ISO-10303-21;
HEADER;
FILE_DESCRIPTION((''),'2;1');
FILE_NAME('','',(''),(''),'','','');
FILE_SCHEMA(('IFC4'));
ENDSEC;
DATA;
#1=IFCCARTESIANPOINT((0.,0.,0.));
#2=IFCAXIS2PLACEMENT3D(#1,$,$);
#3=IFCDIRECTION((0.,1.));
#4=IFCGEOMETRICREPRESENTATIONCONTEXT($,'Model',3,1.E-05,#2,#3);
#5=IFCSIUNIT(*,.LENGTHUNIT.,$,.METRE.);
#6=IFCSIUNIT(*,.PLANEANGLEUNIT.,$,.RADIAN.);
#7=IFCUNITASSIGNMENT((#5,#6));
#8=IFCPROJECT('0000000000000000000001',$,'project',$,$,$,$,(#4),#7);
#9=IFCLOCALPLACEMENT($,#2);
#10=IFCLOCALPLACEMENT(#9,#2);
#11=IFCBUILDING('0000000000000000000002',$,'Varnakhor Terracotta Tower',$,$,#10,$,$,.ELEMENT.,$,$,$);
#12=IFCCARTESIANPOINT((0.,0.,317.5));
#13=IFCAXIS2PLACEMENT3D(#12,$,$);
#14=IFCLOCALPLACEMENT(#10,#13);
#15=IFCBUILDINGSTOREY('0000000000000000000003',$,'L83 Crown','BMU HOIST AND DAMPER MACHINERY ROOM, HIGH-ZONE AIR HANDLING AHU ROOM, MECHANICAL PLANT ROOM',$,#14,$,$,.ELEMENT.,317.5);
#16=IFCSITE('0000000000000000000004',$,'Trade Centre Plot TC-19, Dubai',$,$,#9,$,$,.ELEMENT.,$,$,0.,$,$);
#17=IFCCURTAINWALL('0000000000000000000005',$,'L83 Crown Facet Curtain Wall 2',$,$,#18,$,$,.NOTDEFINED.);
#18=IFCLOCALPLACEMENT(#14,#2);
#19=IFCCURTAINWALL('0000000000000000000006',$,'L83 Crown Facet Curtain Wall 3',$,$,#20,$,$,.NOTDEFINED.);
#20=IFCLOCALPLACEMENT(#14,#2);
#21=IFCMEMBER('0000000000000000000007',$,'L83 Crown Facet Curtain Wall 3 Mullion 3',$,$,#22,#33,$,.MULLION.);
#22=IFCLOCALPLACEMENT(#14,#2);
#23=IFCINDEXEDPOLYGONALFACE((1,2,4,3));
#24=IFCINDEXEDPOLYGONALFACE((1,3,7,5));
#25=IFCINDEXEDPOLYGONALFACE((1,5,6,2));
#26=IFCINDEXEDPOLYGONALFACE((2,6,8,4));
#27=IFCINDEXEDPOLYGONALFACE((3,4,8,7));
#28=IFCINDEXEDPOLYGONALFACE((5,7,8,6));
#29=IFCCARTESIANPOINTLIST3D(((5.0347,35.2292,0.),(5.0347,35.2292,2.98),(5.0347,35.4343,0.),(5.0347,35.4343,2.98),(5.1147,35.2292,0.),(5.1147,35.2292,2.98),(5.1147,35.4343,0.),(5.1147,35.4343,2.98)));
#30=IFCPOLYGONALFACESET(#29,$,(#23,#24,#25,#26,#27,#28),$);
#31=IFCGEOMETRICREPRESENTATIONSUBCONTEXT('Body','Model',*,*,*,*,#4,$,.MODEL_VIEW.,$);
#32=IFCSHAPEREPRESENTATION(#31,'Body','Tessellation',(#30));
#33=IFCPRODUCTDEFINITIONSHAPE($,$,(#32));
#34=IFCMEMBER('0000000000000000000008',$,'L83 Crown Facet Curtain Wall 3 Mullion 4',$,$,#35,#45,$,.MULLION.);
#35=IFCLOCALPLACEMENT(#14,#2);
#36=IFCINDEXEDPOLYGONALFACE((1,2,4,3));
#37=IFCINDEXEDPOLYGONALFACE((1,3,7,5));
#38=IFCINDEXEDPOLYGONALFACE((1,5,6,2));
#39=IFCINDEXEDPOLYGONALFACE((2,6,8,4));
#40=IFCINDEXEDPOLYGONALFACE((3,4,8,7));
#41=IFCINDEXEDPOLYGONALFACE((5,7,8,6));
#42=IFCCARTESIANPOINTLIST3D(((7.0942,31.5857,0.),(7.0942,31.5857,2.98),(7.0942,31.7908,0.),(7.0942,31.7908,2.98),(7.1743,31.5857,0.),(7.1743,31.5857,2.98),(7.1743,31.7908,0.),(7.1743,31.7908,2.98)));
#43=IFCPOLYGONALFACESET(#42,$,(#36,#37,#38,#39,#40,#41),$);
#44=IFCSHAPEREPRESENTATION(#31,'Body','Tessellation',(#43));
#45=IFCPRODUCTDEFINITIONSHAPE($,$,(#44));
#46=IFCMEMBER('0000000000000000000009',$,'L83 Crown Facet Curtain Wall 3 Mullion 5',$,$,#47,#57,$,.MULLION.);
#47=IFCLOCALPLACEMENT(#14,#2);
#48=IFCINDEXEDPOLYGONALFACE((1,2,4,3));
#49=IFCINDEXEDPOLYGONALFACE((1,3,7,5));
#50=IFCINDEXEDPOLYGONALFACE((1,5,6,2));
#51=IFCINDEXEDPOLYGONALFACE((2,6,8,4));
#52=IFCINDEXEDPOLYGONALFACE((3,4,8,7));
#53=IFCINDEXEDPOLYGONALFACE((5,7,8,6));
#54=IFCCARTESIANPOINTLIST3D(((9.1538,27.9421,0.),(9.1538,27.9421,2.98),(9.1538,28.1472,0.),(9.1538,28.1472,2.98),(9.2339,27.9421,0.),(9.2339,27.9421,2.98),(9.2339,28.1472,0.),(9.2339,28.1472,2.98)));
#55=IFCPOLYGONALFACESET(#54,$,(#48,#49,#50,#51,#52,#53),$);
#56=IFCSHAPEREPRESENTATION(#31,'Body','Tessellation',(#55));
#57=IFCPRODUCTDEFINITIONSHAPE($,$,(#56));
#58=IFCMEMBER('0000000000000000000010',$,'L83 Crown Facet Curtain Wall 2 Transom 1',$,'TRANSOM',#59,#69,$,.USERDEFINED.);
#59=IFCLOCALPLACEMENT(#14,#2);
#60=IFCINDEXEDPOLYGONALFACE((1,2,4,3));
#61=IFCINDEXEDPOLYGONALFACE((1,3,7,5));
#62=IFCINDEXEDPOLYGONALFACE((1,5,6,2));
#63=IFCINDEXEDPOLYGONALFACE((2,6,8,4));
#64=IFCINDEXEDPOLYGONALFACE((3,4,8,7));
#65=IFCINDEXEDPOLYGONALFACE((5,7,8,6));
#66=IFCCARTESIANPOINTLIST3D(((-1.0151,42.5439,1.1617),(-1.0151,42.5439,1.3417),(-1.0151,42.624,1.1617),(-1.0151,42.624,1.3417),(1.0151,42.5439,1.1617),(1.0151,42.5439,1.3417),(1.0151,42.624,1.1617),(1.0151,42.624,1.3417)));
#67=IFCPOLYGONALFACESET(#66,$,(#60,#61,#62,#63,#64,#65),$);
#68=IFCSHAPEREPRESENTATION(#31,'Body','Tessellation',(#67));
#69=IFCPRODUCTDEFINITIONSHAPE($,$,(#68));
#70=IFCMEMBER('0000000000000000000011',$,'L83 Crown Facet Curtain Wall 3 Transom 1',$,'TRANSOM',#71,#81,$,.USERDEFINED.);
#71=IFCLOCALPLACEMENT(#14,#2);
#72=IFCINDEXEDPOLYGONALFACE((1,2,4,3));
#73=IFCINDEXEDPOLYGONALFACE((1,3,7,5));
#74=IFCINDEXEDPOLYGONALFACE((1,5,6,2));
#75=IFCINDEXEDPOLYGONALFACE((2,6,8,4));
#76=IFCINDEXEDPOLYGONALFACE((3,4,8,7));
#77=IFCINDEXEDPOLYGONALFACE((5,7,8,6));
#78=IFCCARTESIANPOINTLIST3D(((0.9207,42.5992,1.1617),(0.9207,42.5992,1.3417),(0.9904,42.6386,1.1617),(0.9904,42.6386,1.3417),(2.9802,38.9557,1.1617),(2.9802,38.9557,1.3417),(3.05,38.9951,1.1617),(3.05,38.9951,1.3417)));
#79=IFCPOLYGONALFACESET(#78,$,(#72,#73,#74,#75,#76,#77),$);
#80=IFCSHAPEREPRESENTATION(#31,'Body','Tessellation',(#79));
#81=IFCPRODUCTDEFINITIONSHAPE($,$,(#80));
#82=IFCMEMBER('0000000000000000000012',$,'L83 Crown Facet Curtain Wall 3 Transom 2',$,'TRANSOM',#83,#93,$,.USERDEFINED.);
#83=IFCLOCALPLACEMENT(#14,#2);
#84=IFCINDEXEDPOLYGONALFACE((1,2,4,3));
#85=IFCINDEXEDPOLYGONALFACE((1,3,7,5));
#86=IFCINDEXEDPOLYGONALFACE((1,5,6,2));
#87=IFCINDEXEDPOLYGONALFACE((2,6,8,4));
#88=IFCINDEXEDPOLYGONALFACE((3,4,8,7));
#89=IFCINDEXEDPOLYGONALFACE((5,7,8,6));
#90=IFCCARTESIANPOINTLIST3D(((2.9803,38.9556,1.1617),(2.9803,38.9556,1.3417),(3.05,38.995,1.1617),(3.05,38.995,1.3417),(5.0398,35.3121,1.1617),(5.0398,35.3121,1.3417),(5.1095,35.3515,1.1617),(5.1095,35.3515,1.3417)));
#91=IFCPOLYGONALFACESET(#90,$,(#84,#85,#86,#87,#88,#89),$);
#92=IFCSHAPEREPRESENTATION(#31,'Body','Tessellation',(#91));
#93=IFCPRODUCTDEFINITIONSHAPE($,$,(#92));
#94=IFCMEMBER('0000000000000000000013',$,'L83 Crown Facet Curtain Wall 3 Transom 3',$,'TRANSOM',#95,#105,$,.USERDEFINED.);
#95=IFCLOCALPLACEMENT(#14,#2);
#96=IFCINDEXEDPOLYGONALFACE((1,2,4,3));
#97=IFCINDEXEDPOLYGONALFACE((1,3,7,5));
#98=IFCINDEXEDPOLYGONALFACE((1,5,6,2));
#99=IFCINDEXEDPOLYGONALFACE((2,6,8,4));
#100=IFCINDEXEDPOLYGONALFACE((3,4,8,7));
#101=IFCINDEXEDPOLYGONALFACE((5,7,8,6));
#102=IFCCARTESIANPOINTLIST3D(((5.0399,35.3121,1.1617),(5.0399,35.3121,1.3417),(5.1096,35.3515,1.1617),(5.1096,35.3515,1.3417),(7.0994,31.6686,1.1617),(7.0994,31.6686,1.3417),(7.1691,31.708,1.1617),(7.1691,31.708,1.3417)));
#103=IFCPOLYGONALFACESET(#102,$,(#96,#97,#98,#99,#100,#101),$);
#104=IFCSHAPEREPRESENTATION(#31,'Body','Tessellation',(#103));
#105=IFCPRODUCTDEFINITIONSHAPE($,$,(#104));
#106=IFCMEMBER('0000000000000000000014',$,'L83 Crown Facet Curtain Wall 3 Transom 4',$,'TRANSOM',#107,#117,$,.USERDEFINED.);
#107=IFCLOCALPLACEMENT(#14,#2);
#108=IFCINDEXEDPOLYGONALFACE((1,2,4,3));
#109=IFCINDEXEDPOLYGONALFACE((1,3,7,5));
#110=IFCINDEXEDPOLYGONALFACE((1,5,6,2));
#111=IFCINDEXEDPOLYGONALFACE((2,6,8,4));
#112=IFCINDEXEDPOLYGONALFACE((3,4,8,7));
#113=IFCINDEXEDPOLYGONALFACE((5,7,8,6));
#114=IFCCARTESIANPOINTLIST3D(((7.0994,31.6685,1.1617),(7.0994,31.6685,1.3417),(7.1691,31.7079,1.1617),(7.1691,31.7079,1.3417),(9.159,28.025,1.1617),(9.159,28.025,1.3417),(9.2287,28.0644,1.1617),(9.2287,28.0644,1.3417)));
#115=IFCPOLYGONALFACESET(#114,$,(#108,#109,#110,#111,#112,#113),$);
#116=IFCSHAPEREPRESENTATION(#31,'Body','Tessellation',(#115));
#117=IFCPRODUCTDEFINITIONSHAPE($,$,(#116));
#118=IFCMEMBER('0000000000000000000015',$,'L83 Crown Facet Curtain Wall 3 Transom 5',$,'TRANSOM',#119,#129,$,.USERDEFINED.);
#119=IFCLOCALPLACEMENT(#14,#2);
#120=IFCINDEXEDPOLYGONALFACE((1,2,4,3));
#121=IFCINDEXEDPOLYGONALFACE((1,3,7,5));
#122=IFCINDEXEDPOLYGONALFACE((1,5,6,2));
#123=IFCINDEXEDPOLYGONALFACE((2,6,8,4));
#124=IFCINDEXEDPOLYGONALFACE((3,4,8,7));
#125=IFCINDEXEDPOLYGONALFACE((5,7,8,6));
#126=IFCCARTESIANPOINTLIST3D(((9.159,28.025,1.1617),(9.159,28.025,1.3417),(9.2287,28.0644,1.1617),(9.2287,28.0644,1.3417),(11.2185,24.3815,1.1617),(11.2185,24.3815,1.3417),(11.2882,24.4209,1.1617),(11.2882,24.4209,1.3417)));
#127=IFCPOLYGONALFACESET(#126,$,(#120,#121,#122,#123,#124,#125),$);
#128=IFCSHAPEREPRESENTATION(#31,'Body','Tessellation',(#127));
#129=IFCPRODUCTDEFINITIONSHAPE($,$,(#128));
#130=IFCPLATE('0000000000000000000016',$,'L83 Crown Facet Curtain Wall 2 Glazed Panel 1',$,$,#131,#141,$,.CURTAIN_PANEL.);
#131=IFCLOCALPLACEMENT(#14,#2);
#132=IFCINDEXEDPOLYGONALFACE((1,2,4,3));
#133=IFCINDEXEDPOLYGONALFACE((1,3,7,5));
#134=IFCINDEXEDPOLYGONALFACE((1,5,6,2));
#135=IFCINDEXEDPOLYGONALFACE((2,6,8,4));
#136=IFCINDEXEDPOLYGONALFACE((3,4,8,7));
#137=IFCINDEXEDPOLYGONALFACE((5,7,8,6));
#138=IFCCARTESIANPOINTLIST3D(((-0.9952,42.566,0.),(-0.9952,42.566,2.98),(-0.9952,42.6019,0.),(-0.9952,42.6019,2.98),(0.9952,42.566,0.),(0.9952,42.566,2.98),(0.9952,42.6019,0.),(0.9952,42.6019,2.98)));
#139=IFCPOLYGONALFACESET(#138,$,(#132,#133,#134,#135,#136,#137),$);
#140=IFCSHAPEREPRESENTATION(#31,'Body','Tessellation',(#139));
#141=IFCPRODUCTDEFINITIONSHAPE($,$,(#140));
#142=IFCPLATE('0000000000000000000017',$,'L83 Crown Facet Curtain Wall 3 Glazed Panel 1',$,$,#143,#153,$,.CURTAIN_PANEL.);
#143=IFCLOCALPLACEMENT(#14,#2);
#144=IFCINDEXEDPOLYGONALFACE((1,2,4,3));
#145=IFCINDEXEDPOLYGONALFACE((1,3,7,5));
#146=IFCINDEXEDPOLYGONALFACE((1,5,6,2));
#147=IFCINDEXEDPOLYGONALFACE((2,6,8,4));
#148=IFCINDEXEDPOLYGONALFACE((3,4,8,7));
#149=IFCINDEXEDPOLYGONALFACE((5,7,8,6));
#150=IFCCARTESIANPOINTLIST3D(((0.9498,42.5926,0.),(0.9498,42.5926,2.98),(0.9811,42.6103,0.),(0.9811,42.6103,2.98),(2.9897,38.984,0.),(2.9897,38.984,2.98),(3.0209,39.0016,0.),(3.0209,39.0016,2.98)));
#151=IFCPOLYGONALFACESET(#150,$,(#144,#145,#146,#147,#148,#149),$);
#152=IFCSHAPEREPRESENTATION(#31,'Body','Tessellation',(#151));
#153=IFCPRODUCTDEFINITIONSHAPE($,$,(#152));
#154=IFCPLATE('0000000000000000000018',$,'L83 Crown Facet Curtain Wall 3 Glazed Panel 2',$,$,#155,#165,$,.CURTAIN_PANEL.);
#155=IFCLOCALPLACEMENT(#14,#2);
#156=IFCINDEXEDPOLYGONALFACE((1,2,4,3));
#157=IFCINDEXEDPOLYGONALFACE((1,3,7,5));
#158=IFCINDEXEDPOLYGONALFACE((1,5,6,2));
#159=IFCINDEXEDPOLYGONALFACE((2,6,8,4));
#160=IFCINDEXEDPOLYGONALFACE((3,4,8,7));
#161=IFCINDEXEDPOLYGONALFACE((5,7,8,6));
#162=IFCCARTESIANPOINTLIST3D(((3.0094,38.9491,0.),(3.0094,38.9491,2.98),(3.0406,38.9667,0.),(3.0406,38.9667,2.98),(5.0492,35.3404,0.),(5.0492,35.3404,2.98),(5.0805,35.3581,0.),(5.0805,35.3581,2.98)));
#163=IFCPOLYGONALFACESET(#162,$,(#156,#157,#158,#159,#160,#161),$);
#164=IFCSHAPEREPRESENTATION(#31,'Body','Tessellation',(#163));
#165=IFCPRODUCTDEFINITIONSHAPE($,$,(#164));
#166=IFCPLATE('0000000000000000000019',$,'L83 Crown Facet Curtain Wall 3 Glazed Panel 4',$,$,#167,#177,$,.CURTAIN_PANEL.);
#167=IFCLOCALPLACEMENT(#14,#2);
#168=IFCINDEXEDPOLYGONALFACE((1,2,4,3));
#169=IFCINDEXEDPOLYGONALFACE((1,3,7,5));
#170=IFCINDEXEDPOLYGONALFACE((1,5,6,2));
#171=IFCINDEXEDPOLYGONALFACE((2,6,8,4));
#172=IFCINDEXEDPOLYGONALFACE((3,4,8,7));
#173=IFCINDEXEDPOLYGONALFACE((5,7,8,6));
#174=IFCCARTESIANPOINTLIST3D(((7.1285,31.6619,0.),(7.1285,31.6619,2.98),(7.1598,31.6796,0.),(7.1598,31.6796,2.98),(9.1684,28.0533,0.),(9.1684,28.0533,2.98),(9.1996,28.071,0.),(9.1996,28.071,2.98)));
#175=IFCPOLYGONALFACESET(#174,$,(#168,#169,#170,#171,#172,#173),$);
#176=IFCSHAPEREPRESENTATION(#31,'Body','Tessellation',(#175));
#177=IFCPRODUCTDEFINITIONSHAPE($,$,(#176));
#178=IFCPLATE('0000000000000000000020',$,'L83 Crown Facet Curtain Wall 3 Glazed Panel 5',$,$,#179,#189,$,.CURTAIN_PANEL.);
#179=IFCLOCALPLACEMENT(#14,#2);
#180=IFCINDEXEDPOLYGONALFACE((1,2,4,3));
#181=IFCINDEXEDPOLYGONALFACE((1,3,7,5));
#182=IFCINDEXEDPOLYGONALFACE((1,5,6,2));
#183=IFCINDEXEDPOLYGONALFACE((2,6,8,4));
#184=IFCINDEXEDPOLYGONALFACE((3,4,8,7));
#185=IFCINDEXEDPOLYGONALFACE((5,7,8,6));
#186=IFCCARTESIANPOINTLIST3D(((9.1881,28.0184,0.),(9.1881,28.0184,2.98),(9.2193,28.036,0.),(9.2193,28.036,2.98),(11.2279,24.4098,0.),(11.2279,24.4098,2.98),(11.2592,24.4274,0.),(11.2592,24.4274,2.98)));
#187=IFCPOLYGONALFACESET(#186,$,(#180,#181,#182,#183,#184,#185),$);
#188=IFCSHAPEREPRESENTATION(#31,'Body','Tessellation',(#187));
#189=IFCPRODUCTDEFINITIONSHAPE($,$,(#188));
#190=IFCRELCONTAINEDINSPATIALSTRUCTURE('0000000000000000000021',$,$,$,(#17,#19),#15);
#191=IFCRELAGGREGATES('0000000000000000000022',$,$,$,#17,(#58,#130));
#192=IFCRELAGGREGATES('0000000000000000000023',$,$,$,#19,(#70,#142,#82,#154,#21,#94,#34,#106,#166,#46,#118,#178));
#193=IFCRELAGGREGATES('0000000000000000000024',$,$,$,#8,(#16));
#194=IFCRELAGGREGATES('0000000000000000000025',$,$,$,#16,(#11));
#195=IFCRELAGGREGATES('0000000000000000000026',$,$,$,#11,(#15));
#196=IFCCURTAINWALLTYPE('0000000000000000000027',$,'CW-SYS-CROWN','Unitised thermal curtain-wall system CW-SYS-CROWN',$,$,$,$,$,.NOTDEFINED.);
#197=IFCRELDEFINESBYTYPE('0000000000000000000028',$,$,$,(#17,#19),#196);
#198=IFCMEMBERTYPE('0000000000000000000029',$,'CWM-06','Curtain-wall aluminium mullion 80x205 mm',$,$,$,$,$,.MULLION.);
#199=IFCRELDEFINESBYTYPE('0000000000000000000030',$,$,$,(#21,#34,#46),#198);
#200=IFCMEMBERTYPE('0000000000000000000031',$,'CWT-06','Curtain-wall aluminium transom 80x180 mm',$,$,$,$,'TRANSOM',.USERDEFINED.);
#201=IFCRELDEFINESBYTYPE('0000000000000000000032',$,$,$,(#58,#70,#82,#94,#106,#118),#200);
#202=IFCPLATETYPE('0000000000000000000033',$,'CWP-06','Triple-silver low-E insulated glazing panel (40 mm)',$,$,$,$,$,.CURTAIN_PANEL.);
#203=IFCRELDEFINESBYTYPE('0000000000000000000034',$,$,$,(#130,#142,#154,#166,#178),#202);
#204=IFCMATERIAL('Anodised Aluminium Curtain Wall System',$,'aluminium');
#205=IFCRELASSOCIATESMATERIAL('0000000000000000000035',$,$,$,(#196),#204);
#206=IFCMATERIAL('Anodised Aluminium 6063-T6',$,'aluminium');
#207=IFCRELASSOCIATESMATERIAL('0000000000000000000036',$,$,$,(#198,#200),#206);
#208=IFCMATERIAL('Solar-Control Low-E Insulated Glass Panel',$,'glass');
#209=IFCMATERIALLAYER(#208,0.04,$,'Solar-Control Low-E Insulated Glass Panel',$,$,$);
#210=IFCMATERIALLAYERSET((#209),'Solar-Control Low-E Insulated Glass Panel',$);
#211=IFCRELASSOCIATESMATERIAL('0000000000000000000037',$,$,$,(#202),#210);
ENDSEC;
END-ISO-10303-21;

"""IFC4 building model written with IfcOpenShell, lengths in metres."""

from ifc_helpers import new_model, si_unit, direction, frame, origin, origin_2d, place, context, subcontext, project, spatial, rectangle, extrude, source, transform, mapped, material, layer, layer_set, material_profile, profile_set, type_object, type_shapes, element, aggregate, save


model = new_model("IFC4")

# Units and contexts
model_context = context("Model", 3, precision=1e-05, world=origin(), true_north=direction((0.0, 1.0)))
body_context = subcontext(model_context, "Body", "Model", "MODEL_VIEW")
ifc_project = project(units=[si_unit("LENGTHUNIT", "METRE"), si_unit("PLANEANGLEUNIT", "RADIAN")], contexts=[model_context])

# Site, building, storey
site_placement = place(None, origin())
site = spatial("IfcSite", under=ifc_project, at=site_placement, Name="Trade Centre Plot TC-19, Dubai", CompositionType="ELEMENT", RefElevation=0.0)
building_placement = place(site_placement, origin())
building = spatial("IfcBuilding", under=site, at=building_placement, Name="Varnakhor Terracotta Tower", CompositionType="ELEMENT")
storey_placement = place(building_placement, frame((0.0, 0.0, 317.5)))
storey = spatial("IfcBuildingStorey", under=building, at=storey_placement, Name="L83 Crown", Description="BMU HOIST AND DAMPER MACHINERY ROOM, HIGH-ZONE AIR HANDLING AHU ROOM, MECHANICAL PLANT ROOM", CompositionType="ELEMENT", Elevation=317.5)

# Curtain wall
ifc_material_1 = material(Name="Anodised Aluminium Curtain Wall System", Category="aluminium")
curtain_wall_type = type_object("IfcCurtainWallType", Name="CW-SYS-CROWN", Description="Unitised thermal curtain-wall system CW-SYS-CROWN", PredefinedType="NOTDEFINED", material=ifc_material_1)
curtain_wall_1_placement = place(storey_placement, origin())
curtain_wall_1 = element("IfcCurtainWall", 1, at=curtain_wall_1_placement, inside=storey, type_object=curtain_wall_type, Name="L83 Crown Facet Curtain Wall 2", PredefinedType="NOTDEFINED")
ifc_material_2 = material(Name="Anodised Aluminium 6063-T6", Category="aluminium")
ifc_material_profile_1 = material_profile(ifc_material_2, rectangle(XDim=0.0801, YDim=0.2051, at=origin_2d()), Name="ALU MULLION 80x205")
ifc_profile_set_1 = profile_set([ifc_material_profile_1], Name="Anodised Aluminium 6063-T6")
member_type_1 = type_object("IfcMemberType", Name="CWM-06", Description="Curtain-wall aluminium mullion 80x205 mm", PredefinedType="MULLION", material=ifc_profile_set_1)
shared_shape_1 = source(origin(), body_context, "Body", "SweptSolid", [
    extrude(rectangle(XDim=0.0801, YDim=0.2051, at=origin_2d()), origin(), (0.0, 0.0, 1.0), 2.98),
])
type_shapes(member_type_1, [shared_shape_1])

# Curtain wall, members
curtain_wall_2_placement = place(storey_placement, origin())
curtain_wall_2 = element("IfcCurtainWall", 2, at=curtain_wall_2_placement, inside=storey, type_object=curtain_wall_type, Name="L83 Crown Facet Curtain Wall 3", PredefinedType="NOTDEFINED")
member_1_placement = place(storey_placement, frame((5.0747, 35.3318, 0.0), z_axis=(0.0, 0.0, 1.0), x_axis=(1.0, 0.0, 0.0)))
member_1 = element("IfcMember", 3, at=member_1_placement, type_object=member_type_1, Name="L83 Crown Facet Curtain Wall 3 Mullion 3", PredefinedType="MULLION", context=body_context, shape_type="MappedRepresentation", body=[
    mapped(shared_shape_1, transform((0.0, 0.0, 0.0), scale=1.0)),
])
member_2_placement = place(storey_placement, frame((7.1343, 31.6882, 0.0), z_axis=(0.0, 0.0, 1.0), x_axis=(1.0, 0.0, 0.0)))
member_2 = element("IfcMember", 4, at=member_2_placement, type_object=member_type_1, Name="L83 Crown Facet Curtain Wall 3 Mullion 4", PredefinedType="MULLION", context=body_context, shape_type="MappedRepresentation", body=[
    mapped(shared_shape_1, transform((0.0, 0.0, 0.0), scale=1.0)),
])
member_3_placement = place(storey_placement, frame((9.1938, 28.0447, 0.0), z_axis=(0.0, 0.0, 1.0), x_axis=(1.0, 0.0, 0.0)))
member_3 = element("IfcMember", 5, at=member_3_placement, type_object=member_type_1, Name="L83 Crown Facet Curtain Wall 3 Mullion 5", PredefinedType="MULLION", context=body_context, shape_type="MappedRepresentation", body=[
    mapped(shared_shape_1, transform((0.0, 0.0, 0.0), scale=1.0)),
])

# Members
ifc_material_profile_2 = material_profile(ifc_material_2, rectangle(XDim=0.0801, YDim=0.1799, at=origin_2d()), Name="ALU TRANSOM 80x180")
ifc_profile_set_2 = profile_set([ifc_material_profile_2], Name="Anodised Aluminium 6063-T6")
member_type_2 = type_object("IfcMemberType", Name="CWT-06", Description="Curtain-wall aluminium transom 80x180 mm", ElementType="TRANSOM", PredefinedType="USERDEFINED", material=ifc_profile_set_2)
shared_shape_2 = source(origin(), body_context, "Body", "SweptSolid", [
    extrude(rectangle(XDim=0.0801, YDim=0.1799, at=origin_2d()), origin(), (0.0, 0.0, 1.0), 2.0303),
])
member_4_placement = place(storey_placement, frame((-1.0151, 42.584, 1.2517), z_axis=(1.0, 0.0, 0.0), x_axis=(0.0, 1.0, 0.0)))
member_4 = element("IfcMember", 6, at=member_4_placement, type_object=member_type_2, Name="L83 Crown Facet Curtain Wall 2 Transom 1", ObjectType="TRANSOM", PredefinedType="USERDEFINED", context=body_context, shape_type="MappedRepresentation", body=[
    mapped(shared_shape_2, transform((0.0, 0.0, 0.0), scale=1.0)),
])
shared_shape_3 = source(origin(), body_context, "Body", "SweptSolid", [
    extrude(rectangle(XDim=0.0801, YDim=0.1799, at=origin_2d()), origin(), (0.0, 0.0, 1.0), 4.1853),
])
member_5_placement = place(storey_placement, frame((0.9556, 42.6189, 1.2517), z_axis=(0.492088, -0.870545, 0.0), x_axis=(0.870545, 0.492088, 0.0)))
member_5 = element("IfcMember", 7, at=member_5_placement, type_object=member_type_2, Name="L83 Crown Facet Curtain Wall 3 Transom 1", ObjectType="TRANSOM", PredefinedType="USERDEFINED", context=body_context, shape_type="MappedRepresentation", body=[
    mapped(shared_shape_3, transform((0.0, 0.0, 0.0), scale=1.0)),
])
member_6_placement = place(storey_placement, frame((3.0151, 38.9753, 1.2517), z_axis=(0.492088, -0.870545, 0.0), x_axis=(0.870545, 0.492088, 0.0)))
member_6 = element("IfcMember", 8, at=member_6_placement, type_object=member_type_2, Name="L83 Crown Facet Curtain Wall 3 Transom 2", ObjectType="TRANSOM", PredefinedType="USERDEFINED", context=body_context, shape_type="MappedRepresentation", body=[
    mapped(shared_shape_3, transform((0.0, 0.0, 0.0), scale=1.0)),
])
member_7_placement = place(storey_placement, frame((5.0747, 35.3318, 1.2517), z_axis=(0.492088, -0.870545, 0.0), x_axis=(0.870545, 0.492088, 0.0)))
member_7 = element("IfcMember", 9, at=member_7_placement, type_object=member_type_2, Name="L83 Crown Facet Curtain Wall 3 Transom 3", ObjectType="TRANSOM", PredefinedType="USERDEFINED", context=body_context, shape_type="MappedRepresentation", body=[
    mapped(shared_shape_3, transform((0.0, 0.0, 0.0), scale=1.0)),
])
member_8_placement = place(storey_placement, frame((7.1343, 31.6882, 1.2517), z_axis=(0.492088, -0.870545, 0.0), x_axis=(0.870545, 0.492088, 0.0)))
member_8 = element("IfcMember", 10, at=member_8_placement, type_object=member_type_2, Name="L83 Crown Facet Curtain Wall 3 Transom 4", ObjectType="TRANSOM", PredefinedType="USERDEFINED", context=body_context, shape_type="MappedRepresentation", body=[
    mapped(shared_shape_3, transform((0.0, 0.0, 0.0), scale=1.0)),
])
member_9_placement = place(storey_placement, frame((9.1938, 28.0447, 1.2517), z_axis=(0.492088, -0.870545, 0.0), x_axis=(0.870545, 0.492088, 0.0)))
member_9 = element("IfcMember", 11, at=member_9_placement, type_object=member_type_2, Name="L83 Crown Facet Curtain Wall 3 Transom 5", ObjectType="TRANSOM", PredefinedType="USERDEFINED", context=body_context, shape_type="MappedRepresentation", body=[
    mapped(shared_shape_3, transform((0.0, 0.0, 0.0), scale=1.0)),
])

# Plates
ifc_material_3 = material(Name="Solar-Control Low-E Insulated Glass Panel", Category="glass")
ifc_layer = layer(ifc_material_3, 0.04, Name="Solar-Control Low-E Insulated Glass Panel")
ifc_layer_set = layer_set([ifc_layer], Name="Solar-Control Low-E Insulated Glass Panel")
plate_type = type_object("IfcPlateType", Name="CWP-06", Description="Triple-silver low-E insulated glazing panel (40 mm)", PredefinedType="CURTAIN_PANEL", material=ifc_layer_set)
shared_shape_4 = source(origin(), body_context, "Body", "SweptSolid", [
    extrude(rectangle(XDim=1.9905, YDim=0.0359, at=origin_2d()), origin(), (0.0, 0.0, 1.0), 2.98),
])
plate_1_placement = place(storey_placement, frame((0.0, 42.584, 0.0), z_axis=(0.0, 0.0, 1.0), x_axis=(1.0, 0.0, 0.0)))
plate_1 = element("IfcPlate", 12, at=plate_1_placement, type_object=plate_type, Name="L83 Crown Facet Curtain Wall 2 Glazed Panel 1", PredefinedType="CURTAIN_PANEL", context=body_context, shape_type="MappedRepresentation", body=[
    mapped(shared_shape_4, transform((0.0, 0.0, 0.0), scale=1.0)),
])
aggregate(curtain_wall_1, [member_4, plate_1])
shared_shape_5 = source(origin(), body_context, "Body", "SweptSolid", [
    extrude(rectangle(XDim=4.1453, YDim=0.0359, at=origin_2d()), origin(), (0.0, 0.0, 1.0), 2.98),
])
plate_2_placement = place(storey_placement, frame((1.9854, 40.7971, 0.0), z_axis=(0.0, 0.0, 1.0), x_axis=(0.492089, -0.870545, 0.0)))
plate_2 = element("IfcPlate", 13, at=plate_2_placement, type_object=plate_type, Name="L83 Crown Facet Curtain Wall 3 Glazed Panel 1", PredefinedType="CURTAIN_PANEL", context=body_context, shape_type="MappedRepresentation", body=[
    mapped(shared_shape_5, transform((0.0, 0.0, 0.0), scale=1.0)),
])
plate_3_placement = place(storey_placement, frame((4.0449, 37.1536, 0.0), z_axis=(0.0, 0.0, 1.0), x_axis=(0.492089, -0.870545, 0.0)))
plate_3 = element("IfcPlate", 14, at=plate_3_placement, type_object=plate_type, Name="L83 Crown Facet Curtain Wall 3 Glazed Panel 2", PredefinedType="CURTAIN_PANEL", context=body_context, shape_type="MappedRepresentation", body=[
    mapped(shared_shape_5, transform((0.0, 0.0, 0.0), scale=1.0)),
])
plate_4_placement = place(storey_placement, frame((8.1641, 29.8665, 0.0), z_axis=(0.0, 0.0, 1.0), x_axis=(0.492089, -0.870545, 0.0)))
plate_4 = element("IfcPlate", 15, at=plate_4_placement, type_object=plate_type, Name="L83 Crown Facet Curtain Wall 3 Glazed Panel 4", PredefinedType="CURTAIN_PANEL", context=body_context, shape_type="MappedRepresentation", body=[
    mapped(shared_shape_5, transform((0.0, 0.0, 0.0), scale=1.0)),
])
plate_5_placement = place(storey_placement, frame((10.2236, 26.2229, 0.0), z_axis=(0.0, 0.0, 1.0), x_axis=(0.492089, -0.870545, 0.0)))
plate_5 = element("IfcPlate", 16, at=plate_5_placement, type_object=plate_type, Name="L83 Crown Facet Curtain Wall 3 Glazed Panel 5", PredefinedType="CURTAIN_PANEL", context=body_context, shape_type="MappedRepresentation", body=[
    mapped(shared_shape_5, transform((0.0, 0.0, 0.0), scale=1.0)),
])
aggregate(curtain_wall_2, [member_5, plate_2, member_6, plate_3, member_1, member_7, member_2, member_8, plate_4, member_3, member_9, plate_5])

save(model, "model.ifc")
